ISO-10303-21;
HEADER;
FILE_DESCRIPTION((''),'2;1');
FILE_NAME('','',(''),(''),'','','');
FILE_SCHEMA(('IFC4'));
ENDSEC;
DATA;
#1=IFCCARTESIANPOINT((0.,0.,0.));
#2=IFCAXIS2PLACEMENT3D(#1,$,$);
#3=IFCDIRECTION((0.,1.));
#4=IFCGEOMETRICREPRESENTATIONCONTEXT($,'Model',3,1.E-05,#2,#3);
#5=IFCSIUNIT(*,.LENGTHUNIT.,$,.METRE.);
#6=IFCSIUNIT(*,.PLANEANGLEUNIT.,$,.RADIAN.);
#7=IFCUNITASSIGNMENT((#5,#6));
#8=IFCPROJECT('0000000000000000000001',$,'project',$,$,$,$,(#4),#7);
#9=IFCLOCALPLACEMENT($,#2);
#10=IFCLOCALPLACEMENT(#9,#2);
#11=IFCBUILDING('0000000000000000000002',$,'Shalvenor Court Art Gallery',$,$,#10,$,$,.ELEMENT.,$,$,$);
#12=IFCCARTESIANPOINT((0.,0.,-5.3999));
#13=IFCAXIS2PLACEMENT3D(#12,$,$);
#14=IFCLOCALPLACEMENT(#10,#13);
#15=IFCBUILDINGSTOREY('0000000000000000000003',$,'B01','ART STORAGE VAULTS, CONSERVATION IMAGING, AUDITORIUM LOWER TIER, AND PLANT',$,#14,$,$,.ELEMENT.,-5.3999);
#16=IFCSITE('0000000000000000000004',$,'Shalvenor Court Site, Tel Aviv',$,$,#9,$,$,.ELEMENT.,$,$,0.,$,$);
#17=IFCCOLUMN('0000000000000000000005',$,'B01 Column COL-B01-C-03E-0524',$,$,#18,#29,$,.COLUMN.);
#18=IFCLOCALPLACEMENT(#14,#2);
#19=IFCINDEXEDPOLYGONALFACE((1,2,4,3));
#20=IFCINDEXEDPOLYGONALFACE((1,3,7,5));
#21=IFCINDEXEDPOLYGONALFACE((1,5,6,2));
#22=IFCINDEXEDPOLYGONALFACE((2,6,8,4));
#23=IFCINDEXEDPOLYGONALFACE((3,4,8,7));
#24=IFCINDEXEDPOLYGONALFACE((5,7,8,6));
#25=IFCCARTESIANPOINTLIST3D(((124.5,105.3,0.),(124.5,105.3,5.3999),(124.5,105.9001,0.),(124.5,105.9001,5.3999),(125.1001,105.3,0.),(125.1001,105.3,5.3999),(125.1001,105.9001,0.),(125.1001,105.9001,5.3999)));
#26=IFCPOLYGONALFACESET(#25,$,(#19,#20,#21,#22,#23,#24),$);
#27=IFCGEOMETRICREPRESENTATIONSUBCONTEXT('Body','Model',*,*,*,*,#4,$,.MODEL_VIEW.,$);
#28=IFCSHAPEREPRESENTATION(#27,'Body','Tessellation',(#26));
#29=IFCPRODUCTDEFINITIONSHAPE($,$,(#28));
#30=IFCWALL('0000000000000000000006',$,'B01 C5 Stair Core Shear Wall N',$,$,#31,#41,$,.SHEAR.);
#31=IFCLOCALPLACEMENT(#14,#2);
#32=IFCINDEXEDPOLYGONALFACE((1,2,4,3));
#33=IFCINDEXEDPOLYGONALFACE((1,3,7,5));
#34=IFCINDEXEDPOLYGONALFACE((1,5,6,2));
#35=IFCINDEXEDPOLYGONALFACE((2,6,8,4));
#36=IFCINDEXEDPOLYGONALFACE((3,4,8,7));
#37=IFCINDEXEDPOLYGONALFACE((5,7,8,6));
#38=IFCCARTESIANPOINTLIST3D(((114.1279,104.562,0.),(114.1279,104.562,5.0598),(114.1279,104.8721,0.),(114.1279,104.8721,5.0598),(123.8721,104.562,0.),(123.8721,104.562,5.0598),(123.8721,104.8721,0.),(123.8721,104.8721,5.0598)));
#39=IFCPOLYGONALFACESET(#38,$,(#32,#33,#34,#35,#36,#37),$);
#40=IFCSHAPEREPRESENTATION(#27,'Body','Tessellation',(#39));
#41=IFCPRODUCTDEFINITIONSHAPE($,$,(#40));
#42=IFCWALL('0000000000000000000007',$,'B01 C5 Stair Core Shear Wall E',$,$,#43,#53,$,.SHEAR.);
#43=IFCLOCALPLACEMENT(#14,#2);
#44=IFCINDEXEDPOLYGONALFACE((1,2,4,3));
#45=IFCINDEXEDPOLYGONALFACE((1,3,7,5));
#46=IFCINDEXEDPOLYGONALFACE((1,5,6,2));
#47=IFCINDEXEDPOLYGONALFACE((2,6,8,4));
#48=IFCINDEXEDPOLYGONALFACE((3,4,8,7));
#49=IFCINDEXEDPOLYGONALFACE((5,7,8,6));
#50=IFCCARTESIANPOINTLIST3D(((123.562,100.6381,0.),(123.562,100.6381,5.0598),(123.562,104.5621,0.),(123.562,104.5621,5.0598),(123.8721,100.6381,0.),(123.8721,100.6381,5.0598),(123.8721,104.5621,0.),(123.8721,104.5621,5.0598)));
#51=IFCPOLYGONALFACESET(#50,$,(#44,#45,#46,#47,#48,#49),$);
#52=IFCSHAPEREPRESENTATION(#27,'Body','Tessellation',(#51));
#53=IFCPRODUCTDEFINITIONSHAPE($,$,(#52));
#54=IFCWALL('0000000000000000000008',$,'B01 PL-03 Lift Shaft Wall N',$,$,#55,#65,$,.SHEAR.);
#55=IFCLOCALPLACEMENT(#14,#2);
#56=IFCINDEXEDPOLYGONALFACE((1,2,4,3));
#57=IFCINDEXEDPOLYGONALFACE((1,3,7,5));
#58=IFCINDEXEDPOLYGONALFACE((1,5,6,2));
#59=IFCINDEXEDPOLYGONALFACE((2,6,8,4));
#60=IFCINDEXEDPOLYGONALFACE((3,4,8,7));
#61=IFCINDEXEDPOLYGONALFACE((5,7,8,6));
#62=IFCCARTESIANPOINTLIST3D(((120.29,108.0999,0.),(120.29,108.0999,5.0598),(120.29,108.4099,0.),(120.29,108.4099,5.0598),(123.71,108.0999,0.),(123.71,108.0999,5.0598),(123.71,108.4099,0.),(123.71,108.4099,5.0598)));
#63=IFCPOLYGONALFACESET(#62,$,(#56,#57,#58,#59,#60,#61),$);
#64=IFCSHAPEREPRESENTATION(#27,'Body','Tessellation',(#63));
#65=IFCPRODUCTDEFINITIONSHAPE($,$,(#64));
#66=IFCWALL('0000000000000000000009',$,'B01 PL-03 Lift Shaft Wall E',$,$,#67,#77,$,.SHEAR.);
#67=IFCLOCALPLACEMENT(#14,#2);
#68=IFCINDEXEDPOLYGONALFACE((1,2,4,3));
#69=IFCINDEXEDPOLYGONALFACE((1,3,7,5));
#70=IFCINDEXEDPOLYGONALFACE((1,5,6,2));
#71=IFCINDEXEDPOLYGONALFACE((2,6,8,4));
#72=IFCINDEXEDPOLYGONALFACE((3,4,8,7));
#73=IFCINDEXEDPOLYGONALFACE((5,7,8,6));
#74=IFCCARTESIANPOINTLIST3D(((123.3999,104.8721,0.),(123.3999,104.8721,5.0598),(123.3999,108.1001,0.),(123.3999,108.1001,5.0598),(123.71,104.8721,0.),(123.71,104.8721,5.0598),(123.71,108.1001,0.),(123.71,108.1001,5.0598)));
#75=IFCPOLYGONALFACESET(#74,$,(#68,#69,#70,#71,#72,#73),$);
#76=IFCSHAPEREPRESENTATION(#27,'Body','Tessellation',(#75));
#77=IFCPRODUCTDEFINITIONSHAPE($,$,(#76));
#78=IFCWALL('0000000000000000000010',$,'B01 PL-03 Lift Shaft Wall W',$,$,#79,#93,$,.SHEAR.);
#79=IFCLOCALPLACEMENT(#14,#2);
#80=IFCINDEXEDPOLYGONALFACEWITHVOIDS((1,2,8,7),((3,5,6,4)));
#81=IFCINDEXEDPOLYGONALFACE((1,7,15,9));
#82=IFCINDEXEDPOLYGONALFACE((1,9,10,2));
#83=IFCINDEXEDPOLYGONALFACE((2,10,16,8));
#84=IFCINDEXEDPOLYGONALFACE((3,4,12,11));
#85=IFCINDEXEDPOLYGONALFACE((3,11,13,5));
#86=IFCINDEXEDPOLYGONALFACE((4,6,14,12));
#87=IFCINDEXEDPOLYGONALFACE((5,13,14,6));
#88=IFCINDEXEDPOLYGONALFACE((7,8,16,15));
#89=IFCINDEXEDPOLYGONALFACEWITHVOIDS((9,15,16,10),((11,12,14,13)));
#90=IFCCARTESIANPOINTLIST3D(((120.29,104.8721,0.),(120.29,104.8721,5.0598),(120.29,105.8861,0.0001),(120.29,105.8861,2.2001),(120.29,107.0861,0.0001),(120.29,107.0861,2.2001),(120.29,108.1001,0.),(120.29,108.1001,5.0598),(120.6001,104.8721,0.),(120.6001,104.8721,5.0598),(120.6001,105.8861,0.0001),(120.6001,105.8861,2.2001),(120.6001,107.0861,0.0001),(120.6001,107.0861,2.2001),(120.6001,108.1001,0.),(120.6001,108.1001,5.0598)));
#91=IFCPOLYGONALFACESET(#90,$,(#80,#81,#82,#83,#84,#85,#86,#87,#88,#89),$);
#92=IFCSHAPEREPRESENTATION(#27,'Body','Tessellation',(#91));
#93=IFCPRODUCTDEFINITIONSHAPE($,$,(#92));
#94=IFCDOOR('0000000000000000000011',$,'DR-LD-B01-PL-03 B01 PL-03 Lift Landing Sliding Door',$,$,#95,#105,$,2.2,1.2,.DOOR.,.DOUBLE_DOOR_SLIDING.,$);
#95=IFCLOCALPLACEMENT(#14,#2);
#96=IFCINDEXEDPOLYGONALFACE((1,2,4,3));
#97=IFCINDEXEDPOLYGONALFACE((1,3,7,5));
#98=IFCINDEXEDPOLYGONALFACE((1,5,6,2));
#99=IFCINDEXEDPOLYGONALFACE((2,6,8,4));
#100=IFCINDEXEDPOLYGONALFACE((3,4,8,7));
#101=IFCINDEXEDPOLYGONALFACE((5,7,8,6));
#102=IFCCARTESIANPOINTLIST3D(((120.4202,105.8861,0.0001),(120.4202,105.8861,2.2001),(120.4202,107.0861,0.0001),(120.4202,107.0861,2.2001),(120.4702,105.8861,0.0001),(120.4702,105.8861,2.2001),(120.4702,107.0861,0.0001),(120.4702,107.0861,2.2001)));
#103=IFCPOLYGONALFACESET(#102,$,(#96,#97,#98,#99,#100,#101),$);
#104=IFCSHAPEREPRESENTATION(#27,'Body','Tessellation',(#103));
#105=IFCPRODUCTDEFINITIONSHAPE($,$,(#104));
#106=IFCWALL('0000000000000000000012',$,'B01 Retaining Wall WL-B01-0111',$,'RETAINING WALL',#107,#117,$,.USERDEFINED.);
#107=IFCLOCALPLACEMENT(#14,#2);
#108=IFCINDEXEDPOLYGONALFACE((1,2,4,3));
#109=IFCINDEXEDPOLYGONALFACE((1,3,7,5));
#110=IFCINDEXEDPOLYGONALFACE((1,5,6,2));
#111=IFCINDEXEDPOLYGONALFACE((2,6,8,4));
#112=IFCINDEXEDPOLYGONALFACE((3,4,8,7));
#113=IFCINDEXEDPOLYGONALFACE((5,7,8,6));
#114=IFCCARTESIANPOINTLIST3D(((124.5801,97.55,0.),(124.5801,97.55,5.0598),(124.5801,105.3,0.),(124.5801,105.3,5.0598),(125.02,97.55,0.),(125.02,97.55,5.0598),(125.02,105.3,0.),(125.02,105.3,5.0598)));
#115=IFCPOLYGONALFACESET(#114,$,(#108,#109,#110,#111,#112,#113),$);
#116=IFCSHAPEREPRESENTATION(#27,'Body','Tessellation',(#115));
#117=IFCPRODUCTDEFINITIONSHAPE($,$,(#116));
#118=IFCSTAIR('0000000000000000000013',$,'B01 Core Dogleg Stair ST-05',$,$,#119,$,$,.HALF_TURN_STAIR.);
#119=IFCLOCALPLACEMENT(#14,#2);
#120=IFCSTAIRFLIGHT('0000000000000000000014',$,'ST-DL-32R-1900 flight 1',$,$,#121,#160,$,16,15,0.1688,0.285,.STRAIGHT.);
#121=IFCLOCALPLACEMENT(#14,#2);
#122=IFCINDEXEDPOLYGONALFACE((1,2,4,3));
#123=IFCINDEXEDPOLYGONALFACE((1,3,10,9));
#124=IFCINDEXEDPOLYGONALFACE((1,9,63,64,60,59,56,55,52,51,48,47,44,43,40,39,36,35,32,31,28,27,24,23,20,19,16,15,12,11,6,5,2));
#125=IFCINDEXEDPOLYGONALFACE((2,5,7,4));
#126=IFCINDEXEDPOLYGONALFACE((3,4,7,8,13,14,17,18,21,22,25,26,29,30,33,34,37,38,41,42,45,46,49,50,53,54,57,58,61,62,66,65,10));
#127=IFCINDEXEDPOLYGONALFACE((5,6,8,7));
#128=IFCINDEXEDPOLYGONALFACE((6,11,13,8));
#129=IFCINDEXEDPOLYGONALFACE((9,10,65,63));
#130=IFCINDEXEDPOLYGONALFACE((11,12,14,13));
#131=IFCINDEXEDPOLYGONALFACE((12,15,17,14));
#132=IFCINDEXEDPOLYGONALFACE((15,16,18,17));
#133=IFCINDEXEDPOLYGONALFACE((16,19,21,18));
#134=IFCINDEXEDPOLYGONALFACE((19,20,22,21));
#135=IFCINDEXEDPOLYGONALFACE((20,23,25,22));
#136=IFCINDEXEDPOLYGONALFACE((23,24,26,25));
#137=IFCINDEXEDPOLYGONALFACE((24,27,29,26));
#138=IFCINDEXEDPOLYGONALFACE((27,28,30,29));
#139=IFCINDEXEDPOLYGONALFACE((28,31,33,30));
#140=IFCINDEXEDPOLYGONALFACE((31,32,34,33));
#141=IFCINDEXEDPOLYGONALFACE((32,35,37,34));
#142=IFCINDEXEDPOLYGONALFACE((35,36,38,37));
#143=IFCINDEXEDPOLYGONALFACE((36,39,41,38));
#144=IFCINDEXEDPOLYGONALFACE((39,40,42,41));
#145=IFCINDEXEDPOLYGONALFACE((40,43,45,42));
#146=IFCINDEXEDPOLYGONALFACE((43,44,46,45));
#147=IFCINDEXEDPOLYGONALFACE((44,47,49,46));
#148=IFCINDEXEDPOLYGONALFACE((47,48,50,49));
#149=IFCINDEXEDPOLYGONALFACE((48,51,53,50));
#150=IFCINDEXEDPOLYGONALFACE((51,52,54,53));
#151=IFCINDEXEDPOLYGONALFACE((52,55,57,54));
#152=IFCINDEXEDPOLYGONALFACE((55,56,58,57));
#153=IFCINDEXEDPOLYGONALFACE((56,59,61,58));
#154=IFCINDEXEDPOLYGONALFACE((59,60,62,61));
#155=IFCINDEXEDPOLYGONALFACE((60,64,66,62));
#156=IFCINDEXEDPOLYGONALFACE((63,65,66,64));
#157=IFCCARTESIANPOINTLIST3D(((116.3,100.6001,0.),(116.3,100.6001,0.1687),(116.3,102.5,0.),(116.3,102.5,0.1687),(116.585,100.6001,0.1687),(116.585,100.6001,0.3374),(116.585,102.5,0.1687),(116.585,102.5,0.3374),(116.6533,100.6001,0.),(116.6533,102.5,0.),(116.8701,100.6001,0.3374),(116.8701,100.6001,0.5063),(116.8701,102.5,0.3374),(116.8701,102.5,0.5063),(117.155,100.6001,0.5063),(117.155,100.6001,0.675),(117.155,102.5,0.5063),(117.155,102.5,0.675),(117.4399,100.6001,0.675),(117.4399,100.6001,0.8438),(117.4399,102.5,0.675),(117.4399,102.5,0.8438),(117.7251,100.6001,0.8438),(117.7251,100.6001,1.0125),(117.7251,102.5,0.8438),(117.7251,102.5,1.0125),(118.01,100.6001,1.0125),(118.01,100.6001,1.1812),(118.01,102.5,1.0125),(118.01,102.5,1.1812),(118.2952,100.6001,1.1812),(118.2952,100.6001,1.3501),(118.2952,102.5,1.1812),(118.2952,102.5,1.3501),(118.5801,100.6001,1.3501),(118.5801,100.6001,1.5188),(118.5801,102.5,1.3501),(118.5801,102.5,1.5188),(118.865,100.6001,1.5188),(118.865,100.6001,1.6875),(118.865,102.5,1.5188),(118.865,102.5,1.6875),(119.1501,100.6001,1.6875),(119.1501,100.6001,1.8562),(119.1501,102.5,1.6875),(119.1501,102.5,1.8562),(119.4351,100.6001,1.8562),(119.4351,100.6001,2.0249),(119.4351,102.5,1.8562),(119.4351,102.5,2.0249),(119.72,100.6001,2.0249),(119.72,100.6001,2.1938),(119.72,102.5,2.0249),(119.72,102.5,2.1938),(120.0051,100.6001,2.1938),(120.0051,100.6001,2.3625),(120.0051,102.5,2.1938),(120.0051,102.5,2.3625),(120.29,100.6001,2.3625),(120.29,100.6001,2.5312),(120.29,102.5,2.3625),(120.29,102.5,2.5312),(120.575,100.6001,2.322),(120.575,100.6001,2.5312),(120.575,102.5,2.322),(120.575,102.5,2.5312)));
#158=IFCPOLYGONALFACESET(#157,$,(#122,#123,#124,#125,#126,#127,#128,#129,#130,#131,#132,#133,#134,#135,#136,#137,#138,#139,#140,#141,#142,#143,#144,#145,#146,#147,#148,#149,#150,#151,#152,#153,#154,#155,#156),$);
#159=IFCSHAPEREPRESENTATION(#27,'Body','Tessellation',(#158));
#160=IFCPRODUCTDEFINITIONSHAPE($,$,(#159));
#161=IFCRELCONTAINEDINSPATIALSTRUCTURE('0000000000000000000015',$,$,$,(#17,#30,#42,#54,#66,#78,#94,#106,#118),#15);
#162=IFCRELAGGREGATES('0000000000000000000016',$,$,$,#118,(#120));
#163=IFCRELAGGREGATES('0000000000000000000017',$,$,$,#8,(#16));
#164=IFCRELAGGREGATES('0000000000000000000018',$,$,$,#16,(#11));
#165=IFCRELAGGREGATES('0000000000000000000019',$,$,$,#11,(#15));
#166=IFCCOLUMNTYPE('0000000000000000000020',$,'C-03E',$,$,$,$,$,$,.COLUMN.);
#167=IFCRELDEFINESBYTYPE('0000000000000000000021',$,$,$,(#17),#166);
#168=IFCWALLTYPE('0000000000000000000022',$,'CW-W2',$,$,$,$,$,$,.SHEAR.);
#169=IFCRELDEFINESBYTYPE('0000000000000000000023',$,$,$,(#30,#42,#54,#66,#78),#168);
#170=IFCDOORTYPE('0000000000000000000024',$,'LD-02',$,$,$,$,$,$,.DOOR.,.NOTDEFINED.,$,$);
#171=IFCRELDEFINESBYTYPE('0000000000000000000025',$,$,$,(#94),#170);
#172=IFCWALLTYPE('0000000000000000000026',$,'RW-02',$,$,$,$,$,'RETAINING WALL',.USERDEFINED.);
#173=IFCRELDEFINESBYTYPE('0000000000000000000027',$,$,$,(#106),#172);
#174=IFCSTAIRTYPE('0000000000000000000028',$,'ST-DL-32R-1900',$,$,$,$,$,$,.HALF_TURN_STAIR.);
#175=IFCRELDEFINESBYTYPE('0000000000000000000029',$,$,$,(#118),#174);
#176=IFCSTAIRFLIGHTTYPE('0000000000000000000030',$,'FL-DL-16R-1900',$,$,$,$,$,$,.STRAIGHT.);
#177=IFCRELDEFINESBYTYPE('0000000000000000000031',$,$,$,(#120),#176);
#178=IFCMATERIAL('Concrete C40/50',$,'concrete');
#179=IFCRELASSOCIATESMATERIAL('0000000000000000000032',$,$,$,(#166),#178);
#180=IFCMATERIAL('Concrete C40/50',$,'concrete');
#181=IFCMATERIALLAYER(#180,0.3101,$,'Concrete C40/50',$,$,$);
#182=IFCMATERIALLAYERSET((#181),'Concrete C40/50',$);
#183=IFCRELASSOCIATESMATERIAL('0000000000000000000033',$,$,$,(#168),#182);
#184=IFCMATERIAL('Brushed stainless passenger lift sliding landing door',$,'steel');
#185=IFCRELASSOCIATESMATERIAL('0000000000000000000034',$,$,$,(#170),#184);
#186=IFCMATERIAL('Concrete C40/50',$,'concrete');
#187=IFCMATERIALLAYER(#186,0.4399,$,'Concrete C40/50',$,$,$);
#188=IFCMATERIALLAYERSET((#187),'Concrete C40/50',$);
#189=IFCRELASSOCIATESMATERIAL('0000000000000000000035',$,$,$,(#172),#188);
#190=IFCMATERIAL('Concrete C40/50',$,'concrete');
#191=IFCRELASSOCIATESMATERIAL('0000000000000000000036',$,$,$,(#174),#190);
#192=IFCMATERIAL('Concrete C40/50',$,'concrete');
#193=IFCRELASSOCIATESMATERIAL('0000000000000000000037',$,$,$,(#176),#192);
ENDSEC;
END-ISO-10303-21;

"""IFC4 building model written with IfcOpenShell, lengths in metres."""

from ifc_helpers import new_model, si_unit, direction, frame, frame_2d, origin, origin_2d, place, context, subcontext, project, spatial, polyline, rectangle, outline, extrude, material, layer, layer_set, material_profile, profile_set, type_object, element, fill, aggregate, save


model = new_model("IFC4")

# Units and contexts
model_context = context("Model", 3, precision=1e-05, world=origin(), true_north=direction((0.0, 1.0)))
body_context = subcontext(model_context, "Body", "Model", "MODEL_VIEW")
ifc_project = project(units=[si_unit("LENGTHUNIT", "METRE"), si_unit("PLANEANGLEUNIT", "RADIAN")], contexts=[model_context])

# Site, building, storey
site_placement = place(None, origin())
site = spatial("IfcSite", under=ifc_project, at=site_placement, Name="Shalvenor Court Site, Tel Aviv", CompositionType="ELEMENT", RefElevation=0.0)
building_placement = place(site_placement, origin())
building = spatial("IfcBuilding", under=site, at=building_placement, Name="Shalvenor Court Art Gallery", CompositionType="ELEMENT")
storey_placement = place(building_placement, frame((0.0, 0.0, -5.3999)))
storey = spatial("IfcBuildingStorey", under=building, at=storey_placement, Name="B01", Description="ART STORAGE VAULTS, CONSERVATION IMAGING, AUDITORIUM LOWER TIER, AND PLANT", CompositionType="ELEMENT", Elevation=-5.3999)

# Column
ifc_material_1 = material(Name="Concrete C40/50", Category="concrete")
ifc_material_profile_1 = material_profile(ifc_material_1, rectangle(XDim=0.6001, YDim=0.6001, at=origin_2d()), Name="RC 600x600")
ifc_profile_set_1 = profile_set([ifc_material_profile_1], Name="Concrete C40/50")
column_type = type_object("IfcColumnType", Name="C-03E", PredefinedType="COLUMN", material=ifc_profile_set_1)
column_placement = place(storey_placement, frame((124.8, 105.6001, 0.0), z_axis=(0.0, 0.0, 1.0), x_axis=(1.0, 0.0, 0.0)))
element("IfcColumn", 1, at=column_placement, inside=storey, type_object=column_type, Name="B01 Column COL-B01-C-03E-0524", PredefinedType="COLUMN", context=body_context, shape_type="SweptSolid", body=[
    extrude(rectangle(XDim=0.6001, YDim=0.6001, at=origin_2d()), origin(), (0.0, 0.0, 1.0), 5.3999),
])

# Walls
ifc_material_2 = material(Name="Concrete C40/50", Category="concrete")
ifc_layer_1 = layer(ifc_material_2, 0.3101, Name="Concrete C40/50")
ifc_layer_set_1 = layer_set([ifc_layer_1], Name="Concrete C40/50")
wall_type_1 = type_object("IfcWallType", Name="CW-W2", PredefinedType="SHEAR", material=ifc_layer_set_1)
wall_1_placement = place(storey_placement, frame((114.1279, 104.717, 0.0), z_axis=(0.0, 0.0, 1.0), x_axis=(1.0, 0.0, 0.0)))
element("IfcWall", 2, at=wall_1_placement, inside=storey, type_object=wall_type_1, Name="B01 C5 Stair Core Shear Wall N", PredefinedType="SHEAR", context=body_context, shape_type="SweptSolid", body=[
    extrude(rectangle(XDim=9.7441, YDim=0.3101, at=frame_2d((4.8721, 0.0))), origin(), (0.0, 0.0, 1.0), 5.0598),
])
wall_2_placement = place(storey_placement, frame((123.717, 104.562, 0.0), z_axis=(0.0, 0.0, 1.0), x_axis=(0.0, -1.0, 0.0)))
element("IfcWall", 3, at=wall_2_placement, inside=storey, type_object=wall_type_1, Name="B01 C5 Stair Core Shear Wall E", PredefinedType="SHEAR", context=body_context, shape_type="SweptSolid", body=[
    extrude(rectangle(XDim=3.9241, YDim=0.3101, at=frame_2d((1.9619, 0.0))), origin(), (0.0, 0.0, 1.0), 5.0598),
])
wall_3_placement = place(storey_placement, frame((120.29, 108.2549, 0.0), z_axis=(0.0, 0.0, 1.0), x_axis=(1.0, 0.0, 0.0)))
element("IfcWall", 4, at=wall_3_placement, inside=storey, type_object=wall_type_1, Name="B01 PL-03 Lift Shaft Wall N", PredefinedType="SHEAR", context=body_context, shape_type="SweptSolid", body=[
    extrude(rectangle(XDim=3.4199, YDim=0.3101, at=frame_2d((1.71, 0.0))), origin(), (0.0, 0.0, 1.0), 5.0598),
])
wall_4_placement = place(storey_placement, frame((123.5549, 108.1001, 0.0), z_axis=(0.0, 0.0, 1.0), x_axis=(0.0, -1.0, 0.0)))
element("IfcWall", 5, at=wall_4_placement, inside=storey, type_object=wall_type_1, Name="B01 PL-03 Lift Shaft Wall E", PredefinedType="SHEAR", context=body_context, shape_type="SweptSolid", body=[
    extrude(rectangle(XDim=3.228, YDim=0.3101, at=frame_2d((1.614, 0.0))), origin(), (0.0, 0.0, 1.0), 5.0598),
])

# Wall, opening, door
wall_5_placement = place(storey_placement, frame((120.4451, 104.8721, 0.0), z_axis=(0.0, 0.0, 1.0), x_axis=(0.0, 1.0, 0.0)))
wall_5 = element("IfcWall", 6, at=wall_5_placement, inside=storey, type_object=wall_type_1, Name="B01 PL-03 Lift Shaft Wall W", PredefinedType="SHEAR", context=body_context, shape_type="SweptSolid", body=[
    extrude(rectangle(XDim=3.228, YDim=0.3101, at=frame_2d((1.614, 0.0))), origin(), (0.0, 0.0, 1.0), 5.0598),
])
opening_placement = place(wall_5_placement, frame((1.0139, 0.0, 0.0)))
opening = element("IfcOpeningElement", 7, at=opening_placement, cuts=wall_5, PredefinedType="OPENING", context=body_context, shape_type="SweptSolid", body=[
    extrude(rectangle(XDim=1.2, YDim=2.2, at=frame_2d((0.6001, 1.1001))), frame((0.0, 0.165, 0.0), z_axis=(0.0, -1.0, 0.0), x_axis=(1.0, 0.0, 0.0)), (0.0, 0.0, 1.0), 0.3301),
])
ifc_material_3 = material(Name="Brushed stainless passenger lift sliding landing door", Category="steel")
door_type = type_object("IfcDoorType", Name="LD-02", OperationType="NOTDEFINED", PredefinedType="DOOR", material=ifc_material_3)
door_placement = place(opening_placement, origin())
door = element("IfcDoor", 8, at=door_placement, inside=storey, type_object=door_type, Name="DR-LD-B01-PL-03 B01 PL-03 Lift Landing Sliding Door", OperationType="DOUBLE_DOOR_SLIDING", OverallHeight=2.2, OverallWidth=1.2, PredefinedType="DOOR", context=body_context, shape_type="SweptSolid", body=[
    extrude(rectangle(XDim=1.2, YDim=2.2, at=frame_2d((0.6001, 1.1001))), frame((0.0, 0.0249, 0.0), z_axis=(0.0, -1.0, 0.0), x_axis=(1.0, 0.0, 0.0)), (0.0, 0.0, 1.0), 0.05),
])
fill(opening, door)

# Wall
ifc_material_4 = material(Name="Concrete C40/50", Category="concrete")
ifc_layer_2 = layer(ifc_material_4, 0.4399, Name="Concrete C40/50")
ifc_layer_set_2 = layer_set([ifc_layer_2], Name="Concrete C40/50")
wall_type_2 = type_object("IfcWallType", Name="RW-02", ElementType="RETAINING WALL", PredefinedType="USERDEFINED", material=ifc_layer_set_2)
wall_6_placement = place(storey_placement, frame((124.8, 105.3, 0.0), z_axis=(0.0, 0.0, 1.0), x_axis=(0.0, -1.0, 0.0)))
element("IfcWall", 9, at=wall_6_placement, inside=storey, type_object=wall_type_2, Name="B01 Retaining Wall WL-B01-0111", ObjectType="RETAINING WALL", PredefinedType="USERDEFINED", context=body_context, shape_type="SweptSolid", body=[
    extrude(rectangle(XDim=7.75, YDim=0.4399, at=frame_2d((3.875, 0.0))), origin(), (0.0, 0.0, 1.0), 5.0598),
])

# Stair, stair flight
ifc_material_5 = material(Name="Concrete C40/50", Category="concrete")
stair_type = type_object("IfcStairType", Name="ST-DL-32R-1900", PredefinedType="HALF_TURN_STAIR", material=ifc_material_5)
stair_placement = place(storey_placement, origin())
stair = element("IfcStair", 10, at=stair_placement, inside=storey, type_object=stair_type, Name="B01 Core Dogleg Stair ST-05", PredefinedType="HALF_TURN_STAIR")
ifc_material_6 = material(Name="Concrete C40/50", Category="concrete")
stair_flight_type = type_object("IfcStairFlightType", Name="FL-DL-16R-1900", PredefinedType="STRAIGHT", material=ifc_material_6)
stair_flight_1_placement = place(storey_placement, frame((116.3, 101.55, 0.0), z_axis=(0.0, 0.0, 1.0), x_axis=(1.0, 0.0, 0.0)))
stair_flight_1 = element("IfcStairFlight", 11, at=stair_flight_1_placement, type_object=stair_flight_type, Name="ST-DL-32R-1900 flight 1", NumberOfRisers=16, NumberOfTreads=15, PredefinedType="STRAIGHT", RiserHeight=0.1688, TreadLength=0.285, context=body_context, shape_type="SweptSolid", body=[
    extrude(outline(polyline([(0.0, 0.0), (0.0, 0.1687), (0.2849, 0.1687), (0.2849, 0.3374), (0.5701, 0.3374), (0.5701, 0.5063), (0.855, 0.5063), (0.855, 0.675), (1.1399, 0.675), (1.1399, 0.8438), (1.425, 0.8438), (1.425, 1.0125), (1.71, 1.0125), (1.71, 1.1812), (1.9951, 1.1812), (1.9951, 1.3501), (2.28, 1.3501), (2.28, 1.5188), (2.5649, 1.5188), (2.5649, 1.6875), (2.8501, 1.6875), (2.8501, 1.8562), (3.135, 1.8562), (3.135, 2.0249), (3.4199, 2.0249), (3.4199, 2.1938), (3.7051, 2.1938), (3.7051, 2.3625), (3.99, 2.3625), (3.99, 2.5312), (4.2749, 2.5312), (4.2749, 2.7), (4.2749, 2.322), (0.3533, 0.0), (0.0, 0.0)])), frame((0.0, 0.95, 0.0), z_axis=(0.0, -1.0, 0.0), x_axis=(1.0, 0.0, 0.0)), (0.0, 0.0, 1.0), 1.8999),
])
aggregate(stair, [stair_flight_1])

save(model, "model.ifc")
